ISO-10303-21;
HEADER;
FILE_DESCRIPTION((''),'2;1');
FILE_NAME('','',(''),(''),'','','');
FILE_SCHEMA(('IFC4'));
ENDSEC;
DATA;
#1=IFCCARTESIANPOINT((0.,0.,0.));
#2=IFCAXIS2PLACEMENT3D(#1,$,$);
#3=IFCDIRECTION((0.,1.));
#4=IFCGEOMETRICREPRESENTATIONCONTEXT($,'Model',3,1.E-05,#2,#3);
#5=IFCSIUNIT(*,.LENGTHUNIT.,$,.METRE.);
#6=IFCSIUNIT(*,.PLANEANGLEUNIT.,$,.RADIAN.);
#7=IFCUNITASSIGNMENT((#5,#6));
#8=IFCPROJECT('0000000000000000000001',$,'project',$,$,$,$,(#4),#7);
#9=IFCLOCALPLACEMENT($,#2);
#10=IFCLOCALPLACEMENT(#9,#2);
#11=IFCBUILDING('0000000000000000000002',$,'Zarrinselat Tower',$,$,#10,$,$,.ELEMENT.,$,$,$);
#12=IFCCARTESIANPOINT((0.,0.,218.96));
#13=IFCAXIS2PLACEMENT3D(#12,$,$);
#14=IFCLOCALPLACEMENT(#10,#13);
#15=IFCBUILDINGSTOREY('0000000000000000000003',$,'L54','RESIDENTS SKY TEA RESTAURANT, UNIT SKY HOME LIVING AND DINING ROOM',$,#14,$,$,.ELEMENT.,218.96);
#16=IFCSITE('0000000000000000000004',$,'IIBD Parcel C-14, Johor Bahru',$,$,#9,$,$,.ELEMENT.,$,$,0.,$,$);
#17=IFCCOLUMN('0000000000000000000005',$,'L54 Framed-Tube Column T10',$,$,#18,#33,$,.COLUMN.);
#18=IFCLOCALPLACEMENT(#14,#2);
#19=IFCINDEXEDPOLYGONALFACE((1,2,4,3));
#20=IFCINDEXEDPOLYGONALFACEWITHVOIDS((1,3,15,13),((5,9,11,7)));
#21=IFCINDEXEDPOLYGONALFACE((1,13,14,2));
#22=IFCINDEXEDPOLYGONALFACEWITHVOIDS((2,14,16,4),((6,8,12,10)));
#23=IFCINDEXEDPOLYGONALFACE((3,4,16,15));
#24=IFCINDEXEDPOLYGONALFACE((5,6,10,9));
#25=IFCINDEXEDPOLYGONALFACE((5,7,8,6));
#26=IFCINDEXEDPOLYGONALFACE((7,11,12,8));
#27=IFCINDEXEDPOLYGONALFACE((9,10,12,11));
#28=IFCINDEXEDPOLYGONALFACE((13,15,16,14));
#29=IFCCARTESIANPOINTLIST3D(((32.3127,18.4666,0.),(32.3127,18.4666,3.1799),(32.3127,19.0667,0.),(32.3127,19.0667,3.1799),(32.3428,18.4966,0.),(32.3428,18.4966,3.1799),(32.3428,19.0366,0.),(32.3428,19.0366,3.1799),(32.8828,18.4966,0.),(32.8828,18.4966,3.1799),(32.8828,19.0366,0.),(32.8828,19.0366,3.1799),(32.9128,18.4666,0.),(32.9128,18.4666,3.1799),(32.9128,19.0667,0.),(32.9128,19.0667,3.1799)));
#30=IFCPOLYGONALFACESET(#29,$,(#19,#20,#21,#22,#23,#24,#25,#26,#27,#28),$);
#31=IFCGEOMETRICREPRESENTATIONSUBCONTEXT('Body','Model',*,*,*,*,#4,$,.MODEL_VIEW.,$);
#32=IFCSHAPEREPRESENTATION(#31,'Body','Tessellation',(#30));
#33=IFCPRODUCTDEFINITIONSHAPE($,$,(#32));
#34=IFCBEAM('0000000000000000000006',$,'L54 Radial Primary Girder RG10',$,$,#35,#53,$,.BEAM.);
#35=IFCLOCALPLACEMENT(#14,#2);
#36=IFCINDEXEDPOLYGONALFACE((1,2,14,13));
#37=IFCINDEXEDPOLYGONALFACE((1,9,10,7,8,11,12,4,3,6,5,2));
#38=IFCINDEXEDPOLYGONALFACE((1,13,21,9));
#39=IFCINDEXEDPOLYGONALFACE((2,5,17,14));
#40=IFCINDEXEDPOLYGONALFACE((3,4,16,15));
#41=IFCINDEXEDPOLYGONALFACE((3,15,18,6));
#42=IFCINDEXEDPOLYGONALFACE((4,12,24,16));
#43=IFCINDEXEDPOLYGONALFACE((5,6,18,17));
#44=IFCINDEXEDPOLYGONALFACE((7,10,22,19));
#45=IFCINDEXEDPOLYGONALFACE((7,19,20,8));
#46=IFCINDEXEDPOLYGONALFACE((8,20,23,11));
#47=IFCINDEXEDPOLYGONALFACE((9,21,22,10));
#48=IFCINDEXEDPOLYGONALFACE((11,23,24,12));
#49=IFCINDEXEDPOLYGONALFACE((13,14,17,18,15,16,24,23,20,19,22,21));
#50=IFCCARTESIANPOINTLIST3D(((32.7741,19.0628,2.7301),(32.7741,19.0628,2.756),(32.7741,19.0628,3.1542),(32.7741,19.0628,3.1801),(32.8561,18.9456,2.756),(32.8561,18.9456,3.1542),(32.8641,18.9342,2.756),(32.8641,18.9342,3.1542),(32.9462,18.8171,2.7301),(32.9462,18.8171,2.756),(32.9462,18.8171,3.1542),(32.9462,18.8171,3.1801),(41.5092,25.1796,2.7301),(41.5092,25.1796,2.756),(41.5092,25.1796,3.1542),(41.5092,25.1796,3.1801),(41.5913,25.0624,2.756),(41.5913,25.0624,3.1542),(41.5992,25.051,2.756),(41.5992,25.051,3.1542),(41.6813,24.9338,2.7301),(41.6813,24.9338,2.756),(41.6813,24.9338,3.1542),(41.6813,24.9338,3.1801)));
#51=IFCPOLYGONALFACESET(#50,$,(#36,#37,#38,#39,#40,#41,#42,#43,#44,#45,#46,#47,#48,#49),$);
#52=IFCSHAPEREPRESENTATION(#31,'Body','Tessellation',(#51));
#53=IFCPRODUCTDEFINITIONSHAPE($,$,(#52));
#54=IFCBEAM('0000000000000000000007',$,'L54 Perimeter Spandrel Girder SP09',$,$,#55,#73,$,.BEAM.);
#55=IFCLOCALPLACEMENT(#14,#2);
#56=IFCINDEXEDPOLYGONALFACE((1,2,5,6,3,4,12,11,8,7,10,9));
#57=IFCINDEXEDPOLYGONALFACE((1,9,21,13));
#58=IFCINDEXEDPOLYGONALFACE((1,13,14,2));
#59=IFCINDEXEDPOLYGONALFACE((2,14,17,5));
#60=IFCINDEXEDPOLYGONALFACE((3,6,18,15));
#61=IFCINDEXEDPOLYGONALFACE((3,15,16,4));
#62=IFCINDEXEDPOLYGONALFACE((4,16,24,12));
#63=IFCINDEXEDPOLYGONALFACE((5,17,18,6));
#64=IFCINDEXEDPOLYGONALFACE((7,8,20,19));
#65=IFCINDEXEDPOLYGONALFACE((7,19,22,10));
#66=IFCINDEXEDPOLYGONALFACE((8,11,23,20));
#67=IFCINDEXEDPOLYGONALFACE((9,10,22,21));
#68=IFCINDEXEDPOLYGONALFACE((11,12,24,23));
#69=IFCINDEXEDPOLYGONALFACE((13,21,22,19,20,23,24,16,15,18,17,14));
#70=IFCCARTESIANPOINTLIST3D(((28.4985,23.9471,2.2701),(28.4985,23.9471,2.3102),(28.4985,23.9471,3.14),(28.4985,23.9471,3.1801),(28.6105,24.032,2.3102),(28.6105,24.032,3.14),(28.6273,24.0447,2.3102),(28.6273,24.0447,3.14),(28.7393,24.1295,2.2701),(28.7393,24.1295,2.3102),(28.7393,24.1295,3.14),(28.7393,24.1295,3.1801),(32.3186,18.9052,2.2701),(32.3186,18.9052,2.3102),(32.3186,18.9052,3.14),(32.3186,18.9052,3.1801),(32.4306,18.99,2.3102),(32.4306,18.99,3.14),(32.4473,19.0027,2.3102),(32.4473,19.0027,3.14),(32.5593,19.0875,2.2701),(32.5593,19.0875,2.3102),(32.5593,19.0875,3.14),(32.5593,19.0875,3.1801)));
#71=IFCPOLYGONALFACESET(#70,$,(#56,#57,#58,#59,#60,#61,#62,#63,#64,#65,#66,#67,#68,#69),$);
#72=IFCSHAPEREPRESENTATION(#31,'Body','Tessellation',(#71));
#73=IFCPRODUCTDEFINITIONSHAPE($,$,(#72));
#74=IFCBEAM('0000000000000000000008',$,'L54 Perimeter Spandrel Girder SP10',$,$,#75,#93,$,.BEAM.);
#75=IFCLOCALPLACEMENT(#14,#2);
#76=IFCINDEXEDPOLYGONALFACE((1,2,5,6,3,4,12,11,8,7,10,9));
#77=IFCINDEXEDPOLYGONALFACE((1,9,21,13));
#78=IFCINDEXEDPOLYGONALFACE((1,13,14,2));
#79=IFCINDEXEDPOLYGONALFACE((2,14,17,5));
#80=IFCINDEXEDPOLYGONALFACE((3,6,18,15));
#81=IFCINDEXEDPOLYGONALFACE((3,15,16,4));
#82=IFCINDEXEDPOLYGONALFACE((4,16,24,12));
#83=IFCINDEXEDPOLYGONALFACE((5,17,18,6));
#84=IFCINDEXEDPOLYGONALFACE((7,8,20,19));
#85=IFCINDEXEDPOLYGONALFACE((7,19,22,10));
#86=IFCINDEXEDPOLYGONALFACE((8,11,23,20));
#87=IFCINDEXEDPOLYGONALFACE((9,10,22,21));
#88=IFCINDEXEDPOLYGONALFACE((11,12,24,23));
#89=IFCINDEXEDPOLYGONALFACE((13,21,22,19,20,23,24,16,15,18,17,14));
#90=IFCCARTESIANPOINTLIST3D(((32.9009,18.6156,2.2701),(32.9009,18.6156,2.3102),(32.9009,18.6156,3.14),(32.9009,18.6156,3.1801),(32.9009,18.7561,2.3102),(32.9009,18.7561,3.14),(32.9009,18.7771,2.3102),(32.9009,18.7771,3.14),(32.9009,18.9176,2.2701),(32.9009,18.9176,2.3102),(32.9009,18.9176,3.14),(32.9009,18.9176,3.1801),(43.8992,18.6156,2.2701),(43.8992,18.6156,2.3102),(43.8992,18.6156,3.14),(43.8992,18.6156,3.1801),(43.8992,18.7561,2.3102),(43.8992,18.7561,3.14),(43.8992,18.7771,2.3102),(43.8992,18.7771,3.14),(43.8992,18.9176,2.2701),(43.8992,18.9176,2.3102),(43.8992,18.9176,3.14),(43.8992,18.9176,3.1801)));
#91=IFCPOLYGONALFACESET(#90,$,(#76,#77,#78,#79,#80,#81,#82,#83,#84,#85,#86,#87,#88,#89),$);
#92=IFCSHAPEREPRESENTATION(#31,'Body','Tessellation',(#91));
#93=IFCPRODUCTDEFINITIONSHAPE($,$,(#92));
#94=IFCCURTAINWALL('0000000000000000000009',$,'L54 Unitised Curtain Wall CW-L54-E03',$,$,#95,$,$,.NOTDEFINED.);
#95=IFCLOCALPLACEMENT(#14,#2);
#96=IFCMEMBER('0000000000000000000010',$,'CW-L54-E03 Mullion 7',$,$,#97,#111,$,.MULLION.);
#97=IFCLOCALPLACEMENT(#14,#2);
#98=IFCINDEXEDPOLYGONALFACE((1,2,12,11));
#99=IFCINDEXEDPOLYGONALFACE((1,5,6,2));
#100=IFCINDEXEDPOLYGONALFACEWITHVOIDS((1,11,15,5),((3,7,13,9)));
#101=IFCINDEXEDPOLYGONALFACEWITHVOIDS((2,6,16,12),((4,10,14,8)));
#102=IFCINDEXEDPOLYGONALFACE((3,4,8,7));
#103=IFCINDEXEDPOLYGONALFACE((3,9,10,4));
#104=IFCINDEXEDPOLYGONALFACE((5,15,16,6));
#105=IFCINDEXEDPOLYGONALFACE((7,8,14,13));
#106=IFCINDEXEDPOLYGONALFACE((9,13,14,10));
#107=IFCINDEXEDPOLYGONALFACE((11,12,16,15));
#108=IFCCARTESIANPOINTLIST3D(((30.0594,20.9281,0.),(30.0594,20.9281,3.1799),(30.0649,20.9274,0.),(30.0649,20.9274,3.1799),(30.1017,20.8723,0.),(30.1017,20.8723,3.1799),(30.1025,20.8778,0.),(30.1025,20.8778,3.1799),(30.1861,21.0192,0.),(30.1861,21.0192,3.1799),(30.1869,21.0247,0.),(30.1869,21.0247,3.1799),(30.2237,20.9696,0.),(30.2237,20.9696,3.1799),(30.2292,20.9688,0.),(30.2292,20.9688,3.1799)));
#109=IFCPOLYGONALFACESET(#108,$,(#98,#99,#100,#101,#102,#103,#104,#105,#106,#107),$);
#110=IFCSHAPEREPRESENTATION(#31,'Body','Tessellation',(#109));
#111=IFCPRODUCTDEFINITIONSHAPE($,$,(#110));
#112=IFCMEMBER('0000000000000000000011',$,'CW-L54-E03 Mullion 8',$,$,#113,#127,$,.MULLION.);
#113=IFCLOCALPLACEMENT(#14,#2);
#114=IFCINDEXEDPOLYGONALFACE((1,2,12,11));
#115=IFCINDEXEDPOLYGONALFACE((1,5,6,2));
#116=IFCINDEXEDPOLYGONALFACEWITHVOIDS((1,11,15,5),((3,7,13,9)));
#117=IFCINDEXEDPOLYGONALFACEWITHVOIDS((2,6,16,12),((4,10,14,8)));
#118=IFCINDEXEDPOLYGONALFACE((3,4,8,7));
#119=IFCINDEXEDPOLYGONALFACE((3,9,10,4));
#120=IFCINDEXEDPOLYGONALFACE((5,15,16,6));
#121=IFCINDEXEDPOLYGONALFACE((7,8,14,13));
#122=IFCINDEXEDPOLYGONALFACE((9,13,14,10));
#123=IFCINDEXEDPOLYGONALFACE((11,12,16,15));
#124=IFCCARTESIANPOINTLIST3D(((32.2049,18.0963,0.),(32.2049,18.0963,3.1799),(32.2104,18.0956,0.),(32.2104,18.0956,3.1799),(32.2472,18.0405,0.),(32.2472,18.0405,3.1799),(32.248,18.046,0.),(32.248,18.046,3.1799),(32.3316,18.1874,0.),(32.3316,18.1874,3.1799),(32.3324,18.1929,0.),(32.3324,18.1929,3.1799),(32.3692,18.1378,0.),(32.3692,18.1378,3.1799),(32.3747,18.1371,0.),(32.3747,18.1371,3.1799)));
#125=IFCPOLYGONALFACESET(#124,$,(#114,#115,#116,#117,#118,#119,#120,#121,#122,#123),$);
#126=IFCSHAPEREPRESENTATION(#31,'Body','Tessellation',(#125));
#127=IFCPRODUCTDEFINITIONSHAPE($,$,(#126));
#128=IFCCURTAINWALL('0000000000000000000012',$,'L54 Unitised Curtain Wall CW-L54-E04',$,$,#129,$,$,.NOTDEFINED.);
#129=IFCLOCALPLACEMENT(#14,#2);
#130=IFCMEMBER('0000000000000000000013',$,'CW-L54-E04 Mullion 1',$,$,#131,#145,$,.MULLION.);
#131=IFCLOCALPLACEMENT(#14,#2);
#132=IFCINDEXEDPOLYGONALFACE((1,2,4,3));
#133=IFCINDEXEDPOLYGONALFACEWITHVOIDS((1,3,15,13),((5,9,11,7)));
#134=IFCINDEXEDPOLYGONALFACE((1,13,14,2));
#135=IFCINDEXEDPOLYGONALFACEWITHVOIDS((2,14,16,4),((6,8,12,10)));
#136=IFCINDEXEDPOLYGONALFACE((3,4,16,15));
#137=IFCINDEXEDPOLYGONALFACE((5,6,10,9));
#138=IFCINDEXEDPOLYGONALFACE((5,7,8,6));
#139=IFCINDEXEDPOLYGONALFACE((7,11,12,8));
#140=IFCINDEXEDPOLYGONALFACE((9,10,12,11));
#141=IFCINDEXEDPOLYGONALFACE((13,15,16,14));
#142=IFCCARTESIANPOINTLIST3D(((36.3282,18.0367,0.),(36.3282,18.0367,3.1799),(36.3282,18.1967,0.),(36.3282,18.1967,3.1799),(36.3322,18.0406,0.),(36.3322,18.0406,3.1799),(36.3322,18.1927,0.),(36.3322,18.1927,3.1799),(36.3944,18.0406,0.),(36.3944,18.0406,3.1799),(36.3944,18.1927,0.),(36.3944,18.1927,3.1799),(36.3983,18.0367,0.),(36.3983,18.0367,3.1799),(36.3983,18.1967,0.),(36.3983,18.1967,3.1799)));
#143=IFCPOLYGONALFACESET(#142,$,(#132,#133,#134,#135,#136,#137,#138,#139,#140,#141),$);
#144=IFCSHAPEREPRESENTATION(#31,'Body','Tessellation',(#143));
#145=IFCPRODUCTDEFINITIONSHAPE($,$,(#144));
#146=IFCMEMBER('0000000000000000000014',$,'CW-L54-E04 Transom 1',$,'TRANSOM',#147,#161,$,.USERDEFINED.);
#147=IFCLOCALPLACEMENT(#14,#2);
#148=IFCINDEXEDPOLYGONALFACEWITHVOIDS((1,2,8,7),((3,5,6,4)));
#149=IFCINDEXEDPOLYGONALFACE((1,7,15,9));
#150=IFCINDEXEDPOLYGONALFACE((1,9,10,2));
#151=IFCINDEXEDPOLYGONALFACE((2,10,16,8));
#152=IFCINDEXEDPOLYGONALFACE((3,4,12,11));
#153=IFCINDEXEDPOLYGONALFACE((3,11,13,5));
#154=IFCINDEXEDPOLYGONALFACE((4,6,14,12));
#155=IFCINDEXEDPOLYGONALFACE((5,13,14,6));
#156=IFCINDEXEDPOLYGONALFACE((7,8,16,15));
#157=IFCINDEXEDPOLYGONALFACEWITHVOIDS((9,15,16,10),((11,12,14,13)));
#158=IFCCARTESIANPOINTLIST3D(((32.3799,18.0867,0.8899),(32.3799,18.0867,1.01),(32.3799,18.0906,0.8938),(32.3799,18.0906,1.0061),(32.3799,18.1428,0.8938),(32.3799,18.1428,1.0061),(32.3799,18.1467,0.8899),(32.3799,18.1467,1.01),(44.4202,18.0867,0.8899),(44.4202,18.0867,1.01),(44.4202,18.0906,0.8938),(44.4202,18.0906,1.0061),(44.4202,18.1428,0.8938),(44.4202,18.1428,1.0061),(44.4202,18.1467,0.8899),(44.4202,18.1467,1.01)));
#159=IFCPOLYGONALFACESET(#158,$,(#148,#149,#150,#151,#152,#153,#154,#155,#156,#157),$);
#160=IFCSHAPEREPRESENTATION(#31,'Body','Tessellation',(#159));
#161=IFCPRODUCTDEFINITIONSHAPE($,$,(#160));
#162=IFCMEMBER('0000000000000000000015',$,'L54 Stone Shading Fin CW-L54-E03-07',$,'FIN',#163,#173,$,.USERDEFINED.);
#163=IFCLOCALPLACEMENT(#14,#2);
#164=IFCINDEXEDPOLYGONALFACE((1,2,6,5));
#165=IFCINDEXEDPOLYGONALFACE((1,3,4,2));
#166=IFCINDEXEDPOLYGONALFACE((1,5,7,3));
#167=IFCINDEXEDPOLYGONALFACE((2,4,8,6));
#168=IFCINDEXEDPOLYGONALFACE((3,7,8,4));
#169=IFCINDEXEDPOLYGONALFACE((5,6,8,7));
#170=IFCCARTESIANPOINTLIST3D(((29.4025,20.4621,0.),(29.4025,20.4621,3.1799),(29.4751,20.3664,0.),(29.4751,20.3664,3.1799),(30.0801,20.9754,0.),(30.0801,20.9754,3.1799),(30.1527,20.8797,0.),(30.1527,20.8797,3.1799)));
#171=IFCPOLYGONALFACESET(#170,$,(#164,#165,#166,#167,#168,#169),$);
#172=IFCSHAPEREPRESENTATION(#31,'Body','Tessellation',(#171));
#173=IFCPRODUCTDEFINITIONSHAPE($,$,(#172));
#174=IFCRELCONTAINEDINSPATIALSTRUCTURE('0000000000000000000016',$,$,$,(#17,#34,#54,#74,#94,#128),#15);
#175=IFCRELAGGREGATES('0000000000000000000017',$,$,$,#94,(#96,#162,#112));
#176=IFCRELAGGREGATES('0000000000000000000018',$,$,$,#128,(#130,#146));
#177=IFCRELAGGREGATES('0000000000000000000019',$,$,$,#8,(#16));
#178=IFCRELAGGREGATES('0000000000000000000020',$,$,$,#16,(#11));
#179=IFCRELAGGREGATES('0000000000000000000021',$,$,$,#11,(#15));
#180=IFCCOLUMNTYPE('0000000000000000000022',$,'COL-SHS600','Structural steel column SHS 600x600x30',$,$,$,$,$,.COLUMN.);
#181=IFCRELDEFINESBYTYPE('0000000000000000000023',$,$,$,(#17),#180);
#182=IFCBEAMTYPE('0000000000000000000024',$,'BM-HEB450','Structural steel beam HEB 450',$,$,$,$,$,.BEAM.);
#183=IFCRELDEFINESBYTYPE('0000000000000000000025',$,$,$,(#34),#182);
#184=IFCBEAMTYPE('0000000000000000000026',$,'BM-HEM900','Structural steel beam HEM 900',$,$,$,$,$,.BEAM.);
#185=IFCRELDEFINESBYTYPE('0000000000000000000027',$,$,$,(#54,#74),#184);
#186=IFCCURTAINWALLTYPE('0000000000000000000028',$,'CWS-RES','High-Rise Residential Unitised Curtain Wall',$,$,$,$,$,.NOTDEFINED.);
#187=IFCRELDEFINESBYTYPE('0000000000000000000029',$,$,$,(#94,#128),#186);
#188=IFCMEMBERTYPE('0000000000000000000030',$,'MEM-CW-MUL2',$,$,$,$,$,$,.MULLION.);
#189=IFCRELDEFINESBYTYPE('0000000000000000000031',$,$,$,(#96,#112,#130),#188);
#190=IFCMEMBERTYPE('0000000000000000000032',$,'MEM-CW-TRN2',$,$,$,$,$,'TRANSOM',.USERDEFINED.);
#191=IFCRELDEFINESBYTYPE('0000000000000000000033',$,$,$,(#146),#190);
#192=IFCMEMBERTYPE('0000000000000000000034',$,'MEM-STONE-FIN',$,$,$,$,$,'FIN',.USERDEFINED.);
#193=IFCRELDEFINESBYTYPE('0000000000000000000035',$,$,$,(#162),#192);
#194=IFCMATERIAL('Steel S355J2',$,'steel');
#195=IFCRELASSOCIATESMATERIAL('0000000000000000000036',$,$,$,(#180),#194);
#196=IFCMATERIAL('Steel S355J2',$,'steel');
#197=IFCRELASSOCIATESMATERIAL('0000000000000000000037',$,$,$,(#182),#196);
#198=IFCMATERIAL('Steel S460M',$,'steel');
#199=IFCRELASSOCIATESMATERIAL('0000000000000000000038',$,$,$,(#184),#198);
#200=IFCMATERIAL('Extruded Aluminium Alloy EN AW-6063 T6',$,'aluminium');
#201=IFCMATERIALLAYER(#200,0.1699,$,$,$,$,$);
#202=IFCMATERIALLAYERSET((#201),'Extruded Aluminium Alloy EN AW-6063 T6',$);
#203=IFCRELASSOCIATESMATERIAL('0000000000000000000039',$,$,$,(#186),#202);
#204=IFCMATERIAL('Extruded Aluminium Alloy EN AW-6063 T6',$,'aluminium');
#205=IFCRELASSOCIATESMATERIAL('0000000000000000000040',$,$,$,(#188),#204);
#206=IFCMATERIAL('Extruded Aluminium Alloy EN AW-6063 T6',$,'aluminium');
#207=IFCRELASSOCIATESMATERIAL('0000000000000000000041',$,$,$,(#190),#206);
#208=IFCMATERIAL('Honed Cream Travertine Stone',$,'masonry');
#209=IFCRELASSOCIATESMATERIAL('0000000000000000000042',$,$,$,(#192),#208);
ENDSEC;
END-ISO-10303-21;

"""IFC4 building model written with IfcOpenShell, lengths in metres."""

from ifc_helpers import new_model, si_unit, direction, frame, origin, origin_2d, place, context, subcontext, project, spatial, rectangle, hollow_rectangle, i_section, extrude, material, layer, layer_set, material_profile, profile_set, type_object, element, aggregate, save


model = new_model("IFC4")

# Units and contexts
model_context = context("Model", 3, precision=1e-05, world=origin(), true_north=direction((0.0, 1.0)))
body_context = subcontext(model_context, "Body", "Model", "MODEL_VIEW")
ifc_project = project(units=[si_unit("LENGTHUNIT", "METRE"), si_unit("PLANEANGLEUNIT", "RADIAN")], contexts=[model_context])

# Site, building, storey
site_placement = place(None, origin())
site = spatial("IfcSite", under=ifc_project, at=site_placement, Name="IIBD Parcel C-14, Johor Bahru", CompositionType="ELEMENT", RefElevation=0.0)
building_placement = place(site_placement, origin())
building = spatial("IfcBuilding", under=site, at=building_placement, Name="Zarrinselat Tower", CompositionType="ELEMENT")
storey_placement = place(building_placement, frame((0.0, 0.0, 218.96)))
storey = spatial("IfcBuildingStorey", under=building, at=storey_placement, Name="L54", Description="RESIDENTS SKY TEA RESTAURANT, UNIT SKY HOME LIVING AND DINING ROOM", CompositionType="ELEMENT", Elevation=218.96)

# Column
ifc_material_1 = material(Name="Steel S355J2", Category="steel")
ifc_material_profile_1 = material_profile(ifc_material_1, hollow_rectangle(XDim=0.6001, YDim=0.6001, WallThickness=0.03, at=origin_2d()), Name="SHS 600x600x30")
ifc_profile_set_1 = profile_set([ifc_material_profile_1], Name="Steel S355J2")
column_type = type_object("IfcColumnType", Name="COL-SHS600", Description="Structural steel column SHS 600x600x30", PredefinedType="COLUMN", material=ifc_profile_set_1)
column_placement = place(storey_placement, frame((32.6128, 18.7666, 0.0), z_axis=(0.0, 0.0, 1.0), x_axis=(1.0, 0.0, 0.0)))
element("IfcColumn", 1, at=column_placement, inside=storey, type_object=column_type, Name="L54 Framed-Tube Column T10", PredefinedType="COLUMN", context=body_context, shape_type="SweptSolid", body=[
    extrude(hollow_rectangle(XDim=0.6001, YDim=0.6001, WallThickness=0.03, at=origin_2d()), origin(), (0.0, 0.0, 1.0), 3.1799),
])

# Beams
ifc_material_2 = material(Name="Steel S355J2", Category="steel")
ifc_material_profile_2 = material_profile(ifc_material_2, i_section(OverallWidth=0.3, OverallDepth=0.45, WebThickness=0.0139, FlangeThickness=0.0259, at=origin_2d()), Name="HEB 450")
ifc_profile_set_2 = profile_set([ifc_material_profile_2], Name="Steel S355J2")
beam_type_1 = type_object("IfcBeamType", Name="BM-HEB450", Description="Structural steel beam HEB 450", PredefinedType="BEAM", material=ifc_profile_set_2)
beam_1_placement = place(storey_placement, frame((32.8601, 18.9399, 2.9551), z_axis=(0.819138, 0.573596, 0.0), x_axis=(-0.573596, 0.819138, 0.0)))
element("IfcBeam", 2, at=beam_1_placement, inside=storey, type_object=beam_type_1, Name="L54 Radial Primary Girder RG10", PredefinedType="BEAM", context=body_context, shape_type="SweptSolid", body=[
    extrude(i_section(OverallWidth=0.3, OverallDepth=0.45, WebThickness=0.0139, FlangeThickness=0.0259, at=origin_2d()), origin(), (0.0, 0.0, 1.0), 10.6638),
])
ifc_material_3 = material(Name="Steel S460M", Category="steel")
ifc_material_profile_3 = material_profile(ifc_material_3, i_section(OverallWidth=0.302, OverallDepth=0.9099, WebThickness=0.021, FlangeThickness=0.04, at=origin_2d()), Name="HEM 900")
ifc_profile_set_3 = profile_set([ifc_material_profile_3], Name="Steel S460M")
beam_type_2 = type_object("IfcBeamType", Name="BM-HEM900", Description="Structural steel beam HEM 900", PredefinedType="BEAM", material=ifc_profile_set_3)
beam_2_placement = place(storey_placement, frame((28.6189, 24.0383, 2.7251), z_axis=(0.603896, -0.797063, 0.0), x_axis=(0.797063, 0.603896, 0.0)))
element("IfcBeam", 3, at=beam_2_placement, inside=storey, type_object=beam_type_2, Name="L54 Perimeter Spandrel Girder SP09", PredefinedType="BEAM", context=body_context, shape_type="SweptSolid", body=[
    extrude(i_section(OverallWidth=0.302, OverallDepth=0.9099, WebThickness=0.021, FlangeThickness=0.04, at=origin_2d()), origin(), (0.0, 0.0, 1.0), 6.3257),
])
beam_3_placement = place(storey_placement, frame((32.9009, 18.7666, 2.7251), z_axis=(1.0, 0.0, 0.0), x_axis=(0.0, 1.0, 0.0)))
element("IfcBeam", 4, at=beam_3_placement, inside=storey, type_object=beam_type_2, Name="L54 Perimeter Spandrel Girder SP10", PredefinedType="BEAM", context=body_context, shape_type="SweptSolid", body=[
    extrude(i_section(OverallWidth=0.302, OverallDepth=0.9099, WebThickness=0.021, FlangeThickness=0.04, at=origin_2d()), origin(), (0.0, 0.0, 1.0), 10.9983),
])

# Curtain walls, members
ifc_material_4 = material(Name="Extruded Aluminium Alloy EN AW-6063 T6", Category="aluminium")
ifc_layer_1 = layer(ifc_material_4, 0.1699)
ifc_layer_set_1 = layer_set([ifc_layer_1], Name="Extruded Aluminium Alloy EN AW-6063 T6")
curtain_wall_type = type_object("IfcCurtainWallType", Name="CWS-RES", Description="High-Rise Residential Unitised Curtain Wall", PredefinedType="NOTDEFINED", material=ifc_layer_set_1)
curtain_wall_1_placement = place(storey_placement, origin())
curtain_wall_1 = element("IfcCurtainWall", 5, at=curtain_wall_1_placement, inside=storey, type_object=curtain_wall_type, Name="L54 Unitised Curtain Wall CW-L54-E03", PredefinedType="NOTDEFINED")
ifc_material_5 = material(Name="Extruded Aluminium Alloy EN AW-6063 T6", Category="aluminium")
ifc_material_profile_4 = material_profile(ifc_material_5, hollow_rectangle(XDim=0.0701, YDim=0.1599, WallThickness=0.0039, at=origin_2d()), Name="RHS 160x70x4")
ifc_profile_set_4 = profile_set([ifc_material_profile_4], Name="Extruded Aluminium Alloy EN AW-6063 T6")
member_type_1 = type_object("IfcMemberType", Name="MEM-CW-MUL2", PredefinedType="MULLION", material=ifc_profile_set_4)
member_1_placement = place(storey_placement, frame((30.1443, 20.9485, 0.0), z_axis=(0.0, 0.0, 1.0), x_axis=(0.60386, -0.797091, 0.0)))
member_1 = element("IfcMember", 6, at=member_1_placement, type_object=member_type_1, Name="CW-L54-E03 Mullion 7", PredefinedType="MULLION", context=body_context, shape_type="SweptSolid", body=[
    extrude(hollow_rectangle(XDim=0.0701, YDim=0.1599, WallThickness=0.0039, at=origin_2d()), origin(), (0.0, 0.0, 1.0), 3.1799),
])
member_2_placement = place(storey_placement, frame((32.2898, 18.1167, 0.0), z_axis=(0.0, 0.0, 1.0), x_axis=(0.60386, -0.797091, 0.0)))
member_2 = element("IfcMember", 7, at=member_2_placement, type_object=member_type_1, Name="CW-L54-E03 Mullion 8", PredefinedType="MULLION", context=body_context, shape_type="SweptSolid", body=[
    extrude(hollow_rectangle(XDim=0.0701, YDim=0.1599, WallThickness=0.0039, at=origin_2d()), origin(), (0.0, 0.0, 1.0), 3.1799),
])
curtain_wall_2_placement = place(storey_placement, origin())
curtain_wall_2 = element("IfcCurtainWall", 8, at=curtain_wall_2_placement, inside=storey, type_object=curtain_wall_type, Name="L54 Unitised Curtain Wall CW-L54-E04", PredefinedType="NOTDEFINED")
member_3_placement = place(storey_placement, frame((36.3633, 18.1167, 0.0), z_axis=(0.0, 0.0, 1.0), x_axis=(1.0, 0.0, 0.0)))
member_3 = element("IfcMember", 9, at=member_3_placement, type_object=member_type_1, Name="CW-L54-E04 Mullion 1", PredefinedType="MULLION", context=body_context, shape_type="SweptSolid", body=[
    extrude(hollow_rectangle(XDim=0.0701, YDim=0.1599, WallThickness=0.0039, at=origin_2d()), origin(), (0.0, 0.0, 1.0), 3.1799),
])
ifc_material_6 = material(Name="Extruded Aluminium Alloy EN AW-6063 T6", Category="aluminium")
ifc_material_profile_5 = material_profile(ifc_material_6, hollow_rectangle(XDim=0.0601, YDim=0.1201, WallThickness=0.0039, at=origin_2d()), Name="RHS 120x60x4")
ifc_profile_set_5 = profile_set([ifc_material_profile_5], Name="Extruded Aluminium Alloy EN AW-6063 T6")
member_type_2 = type_object("IfcMemberType", Name="MEM-CW-TRN2", ElementType="TRANSOM", PredefinedType="USERDEFINED", material=ifc_profile_set_5)
member_4_placement = place(storey_placement, frame((32.3799, 18.1167, 0.95), z_axis=(1.0, 0.0, 0.0), x_axis=(0.0, 1.0, 0.0)))
member_4 = element("IfcMember", 10, at=member_4_placement, type_object=member_type_2, Name="CW-L54-E04 Transom 1", ObjectType="TRANSOM", PredefinedType="USERDEFINED", context=body_context, shape_type="SweptSolid", body=[
    extrude(hollow_rectangle(XDim=0.0601, YDim=0.1201, WallThickness=0.0039, at=origin_2d()), origin(), (0.0, 0.0, 1.0), 12.0403),
])

# Member
ifc_material_7 = material(Name="Honed Cream Travertine Stone", Category="masonry")
ifc_material_profile_6 = material_profile(ifc_material_7, rectangle(XDim=0.1201, YDim=0.8501, at=origin_2d()), Name="FIN 850x120")
ifc_profile_set_6 = profile_set([ifc_material_profile_6], Name="Honed Cream Travertine Stone")
member_type_3 = type_object("IfcMemberType", Name="MEM-STONE-FIN", ElementType="FIN", PredefinedType="USERDEFINED", material=ifc_profile_set_6)
member_5_placement = place(storey_placement, frame((29.7776, 20.6709, 0.0), z_axis=(0.0, 0.0, 1.0), x_axis=(-0.60386, 0.797091, 0.0)))
member_5 = element("IfcMember", 11, at=member_5_placement, type_object=member_type_3, Name="L54 Stone Shading Fin CW-L54-E03-07", ObjectType="FIN", PredefinedType="USERDEFINED", context=body_context, shape_type="SweptSolid", body=[
    extrude(rectangle(XDim=0.1201, YDim=0.8501, at=origin_2d()), origin(), (0.0, 0.0, 1.0), 3.1799),
])

aggregate(curtain_wall_1, [member_1, member_5, member_2])
aggregate(curtain_wall_2, [member_3, member_4])

save(model, "model.ifc")
